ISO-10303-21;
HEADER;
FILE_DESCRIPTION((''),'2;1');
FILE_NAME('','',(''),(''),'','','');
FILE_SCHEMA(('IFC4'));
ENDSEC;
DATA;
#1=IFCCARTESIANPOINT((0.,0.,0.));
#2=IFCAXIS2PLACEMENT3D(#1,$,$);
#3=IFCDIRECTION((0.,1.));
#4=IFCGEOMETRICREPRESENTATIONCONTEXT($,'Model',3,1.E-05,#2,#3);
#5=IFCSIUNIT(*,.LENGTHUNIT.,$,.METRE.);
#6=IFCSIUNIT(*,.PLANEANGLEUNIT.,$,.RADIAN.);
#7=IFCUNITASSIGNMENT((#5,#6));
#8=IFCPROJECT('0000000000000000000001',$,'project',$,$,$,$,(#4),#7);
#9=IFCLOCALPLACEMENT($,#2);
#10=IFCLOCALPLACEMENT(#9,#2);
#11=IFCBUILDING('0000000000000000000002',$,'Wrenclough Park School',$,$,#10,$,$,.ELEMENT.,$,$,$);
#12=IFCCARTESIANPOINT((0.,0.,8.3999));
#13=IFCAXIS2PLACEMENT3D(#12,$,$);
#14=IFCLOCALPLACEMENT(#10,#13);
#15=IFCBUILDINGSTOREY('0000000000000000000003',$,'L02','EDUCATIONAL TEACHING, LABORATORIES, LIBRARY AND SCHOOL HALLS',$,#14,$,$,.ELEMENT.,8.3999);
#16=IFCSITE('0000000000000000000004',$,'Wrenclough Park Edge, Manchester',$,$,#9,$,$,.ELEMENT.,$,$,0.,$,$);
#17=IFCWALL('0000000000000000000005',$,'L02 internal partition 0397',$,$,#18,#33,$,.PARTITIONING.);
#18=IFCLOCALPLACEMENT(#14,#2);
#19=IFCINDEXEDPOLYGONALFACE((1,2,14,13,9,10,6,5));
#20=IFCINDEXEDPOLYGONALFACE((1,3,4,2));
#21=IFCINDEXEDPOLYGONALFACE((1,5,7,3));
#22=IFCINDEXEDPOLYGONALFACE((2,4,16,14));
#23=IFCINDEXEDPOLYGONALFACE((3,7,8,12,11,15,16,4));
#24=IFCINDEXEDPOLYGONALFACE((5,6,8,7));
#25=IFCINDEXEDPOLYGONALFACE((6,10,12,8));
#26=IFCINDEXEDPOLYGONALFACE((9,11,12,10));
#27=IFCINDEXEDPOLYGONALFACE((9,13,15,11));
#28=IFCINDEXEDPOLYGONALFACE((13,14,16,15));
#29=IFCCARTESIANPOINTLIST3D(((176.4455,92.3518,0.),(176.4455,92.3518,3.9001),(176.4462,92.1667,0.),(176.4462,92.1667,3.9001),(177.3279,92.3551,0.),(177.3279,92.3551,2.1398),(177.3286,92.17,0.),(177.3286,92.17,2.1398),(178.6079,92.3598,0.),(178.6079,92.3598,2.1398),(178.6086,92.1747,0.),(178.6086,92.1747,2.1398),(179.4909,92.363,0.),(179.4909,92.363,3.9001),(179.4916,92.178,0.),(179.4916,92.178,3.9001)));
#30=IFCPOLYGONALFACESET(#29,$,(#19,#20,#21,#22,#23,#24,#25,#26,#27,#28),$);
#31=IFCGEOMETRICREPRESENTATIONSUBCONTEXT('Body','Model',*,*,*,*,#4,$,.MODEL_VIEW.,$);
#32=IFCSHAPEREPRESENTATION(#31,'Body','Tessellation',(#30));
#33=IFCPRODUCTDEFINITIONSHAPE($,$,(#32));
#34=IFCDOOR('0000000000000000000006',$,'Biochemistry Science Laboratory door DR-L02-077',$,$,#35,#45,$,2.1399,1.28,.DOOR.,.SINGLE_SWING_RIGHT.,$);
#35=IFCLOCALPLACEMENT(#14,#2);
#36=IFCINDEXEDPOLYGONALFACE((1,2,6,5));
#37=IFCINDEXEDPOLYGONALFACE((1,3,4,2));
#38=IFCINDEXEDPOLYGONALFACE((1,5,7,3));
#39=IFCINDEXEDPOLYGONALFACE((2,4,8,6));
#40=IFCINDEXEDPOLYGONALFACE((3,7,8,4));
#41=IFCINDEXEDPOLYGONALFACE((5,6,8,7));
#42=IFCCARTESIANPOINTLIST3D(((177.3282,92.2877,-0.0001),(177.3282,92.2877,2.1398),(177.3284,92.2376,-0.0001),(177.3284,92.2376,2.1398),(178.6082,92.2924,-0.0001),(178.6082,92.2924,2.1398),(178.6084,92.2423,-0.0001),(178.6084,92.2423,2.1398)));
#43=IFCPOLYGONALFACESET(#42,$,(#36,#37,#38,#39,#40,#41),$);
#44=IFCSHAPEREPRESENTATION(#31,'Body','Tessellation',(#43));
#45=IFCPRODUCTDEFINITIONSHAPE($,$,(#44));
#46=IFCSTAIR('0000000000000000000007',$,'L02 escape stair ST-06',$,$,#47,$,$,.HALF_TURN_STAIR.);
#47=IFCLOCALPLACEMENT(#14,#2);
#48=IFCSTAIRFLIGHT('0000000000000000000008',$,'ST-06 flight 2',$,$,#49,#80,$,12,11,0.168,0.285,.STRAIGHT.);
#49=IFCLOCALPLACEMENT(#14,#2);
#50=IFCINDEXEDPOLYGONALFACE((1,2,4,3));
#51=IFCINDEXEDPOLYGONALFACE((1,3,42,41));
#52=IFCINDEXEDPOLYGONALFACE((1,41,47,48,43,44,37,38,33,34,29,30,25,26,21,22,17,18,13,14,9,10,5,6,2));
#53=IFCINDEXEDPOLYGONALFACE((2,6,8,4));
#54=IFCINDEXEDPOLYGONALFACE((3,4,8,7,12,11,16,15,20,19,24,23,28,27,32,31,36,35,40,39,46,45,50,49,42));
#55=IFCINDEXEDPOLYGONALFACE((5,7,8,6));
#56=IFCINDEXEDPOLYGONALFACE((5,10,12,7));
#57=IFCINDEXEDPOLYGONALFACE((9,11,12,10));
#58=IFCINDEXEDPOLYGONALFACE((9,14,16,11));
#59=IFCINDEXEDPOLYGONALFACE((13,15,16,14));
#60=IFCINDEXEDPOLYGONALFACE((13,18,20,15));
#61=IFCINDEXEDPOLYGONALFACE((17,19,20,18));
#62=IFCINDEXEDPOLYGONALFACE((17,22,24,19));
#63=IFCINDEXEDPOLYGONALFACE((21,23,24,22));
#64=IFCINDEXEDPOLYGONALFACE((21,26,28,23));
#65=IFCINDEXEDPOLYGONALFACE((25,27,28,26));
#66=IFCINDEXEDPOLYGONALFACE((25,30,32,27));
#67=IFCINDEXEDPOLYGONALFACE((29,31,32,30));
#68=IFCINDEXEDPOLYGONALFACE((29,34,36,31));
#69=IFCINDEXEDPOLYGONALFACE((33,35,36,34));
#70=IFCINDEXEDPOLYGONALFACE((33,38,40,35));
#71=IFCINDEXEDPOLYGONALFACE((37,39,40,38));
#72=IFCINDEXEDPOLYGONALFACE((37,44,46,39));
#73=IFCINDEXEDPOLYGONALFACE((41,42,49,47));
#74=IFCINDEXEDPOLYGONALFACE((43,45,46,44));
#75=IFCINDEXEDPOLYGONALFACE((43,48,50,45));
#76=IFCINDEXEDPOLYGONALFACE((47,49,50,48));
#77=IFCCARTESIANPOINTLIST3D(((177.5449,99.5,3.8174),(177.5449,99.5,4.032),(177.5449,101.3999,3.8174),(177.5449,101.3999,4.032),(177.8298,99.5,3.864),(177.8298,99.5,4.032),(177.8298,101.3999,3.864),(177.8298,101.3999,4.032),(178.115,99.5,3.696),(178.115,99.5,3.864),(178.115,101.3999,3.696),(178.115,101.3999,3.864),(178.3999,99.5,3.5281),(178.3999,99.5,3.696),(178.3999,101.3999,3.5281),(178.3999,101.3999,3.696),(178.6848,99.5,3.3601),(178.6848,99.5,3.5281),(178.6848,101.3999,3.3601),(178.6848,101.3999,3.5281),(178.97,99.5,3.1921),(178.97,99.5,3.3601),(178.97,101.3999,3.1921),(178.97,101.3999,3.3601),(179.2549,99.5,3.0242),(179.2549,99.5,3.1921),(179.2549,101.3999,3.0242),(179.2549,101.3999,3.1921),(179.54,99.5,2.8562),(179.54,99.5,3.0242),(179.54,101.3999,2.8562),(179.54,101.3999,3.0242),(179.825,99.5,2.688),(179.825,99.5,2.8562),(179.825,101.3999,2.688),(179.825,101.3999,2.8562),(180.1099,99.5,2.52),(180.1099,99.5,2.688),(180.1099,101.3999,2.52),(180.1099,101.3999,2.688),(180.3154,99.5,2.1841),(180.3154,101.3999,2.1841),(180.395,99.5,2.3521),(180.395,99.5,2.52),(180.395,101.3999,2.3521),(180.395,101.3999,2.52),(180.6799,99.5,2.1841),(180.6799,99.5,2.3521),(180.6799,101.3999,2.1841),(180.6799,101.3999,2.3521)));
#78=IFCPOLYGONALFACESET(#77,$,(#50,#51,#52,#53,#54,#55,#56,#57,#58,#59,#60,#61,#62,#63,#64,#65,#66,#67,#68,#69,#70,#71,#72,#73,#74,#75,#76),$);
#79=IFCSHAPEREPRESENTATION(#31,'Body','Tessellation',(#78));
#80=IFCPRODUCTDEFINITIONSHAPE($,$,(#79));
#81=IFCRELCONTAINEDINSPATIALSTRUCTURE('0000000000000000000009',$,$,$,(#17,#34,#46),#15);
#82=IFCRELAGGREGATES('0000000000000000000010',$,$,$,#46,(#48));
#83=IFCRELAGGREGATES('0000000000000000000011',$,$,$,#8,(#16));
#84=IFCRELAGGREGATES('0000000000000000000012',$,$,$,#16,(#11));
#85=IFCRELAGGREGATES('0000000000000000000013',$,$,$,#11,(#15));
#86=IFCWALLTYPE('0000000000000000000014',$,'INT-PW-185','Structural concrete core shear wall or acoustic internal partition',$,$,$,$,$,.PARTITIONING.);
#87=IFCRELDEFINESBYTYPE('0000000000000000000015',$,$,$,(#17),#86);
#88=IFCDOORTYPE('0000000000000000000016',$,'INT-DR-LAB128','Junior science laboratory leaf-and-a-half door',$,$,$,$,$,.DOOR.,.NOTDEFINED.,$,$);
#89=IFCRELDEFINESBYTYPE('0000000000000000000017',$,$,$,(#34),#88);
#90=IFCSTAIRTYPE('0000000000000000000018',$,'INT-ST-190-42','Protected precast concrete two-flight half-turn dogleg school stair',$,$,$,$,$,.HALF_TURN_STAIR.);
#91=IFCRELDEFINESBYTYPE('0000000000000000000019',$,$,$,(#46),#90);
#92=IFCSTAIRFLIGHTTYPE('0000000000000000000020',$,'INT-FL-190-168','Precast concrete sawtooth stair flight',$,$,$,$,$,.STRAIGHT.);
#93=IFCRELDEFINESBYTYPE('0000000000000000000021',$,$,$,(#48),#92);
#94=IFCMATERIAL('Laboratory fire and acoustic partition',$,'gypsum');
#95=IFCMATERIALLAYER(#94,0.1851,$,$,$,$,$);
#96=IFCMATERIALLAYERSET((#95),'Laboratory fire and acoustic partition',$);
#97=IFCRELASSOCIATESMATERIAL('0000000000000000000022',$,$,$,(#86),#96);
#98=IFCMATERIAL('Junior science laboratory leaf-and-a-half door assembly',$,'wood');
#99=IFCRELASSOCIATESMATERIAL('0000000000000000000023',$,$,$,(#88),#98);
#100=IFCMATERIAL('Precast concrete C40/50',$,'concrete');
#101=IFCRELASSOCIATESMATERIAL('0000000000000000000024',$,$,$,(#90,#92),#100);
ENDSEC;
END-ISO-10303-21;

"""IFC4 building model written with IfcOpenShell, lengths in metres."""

from ifc_helpers import new_model, si_unit, direction, frame, frame_2d, origin, place, context, subcontext, project, spatial, polyline, rectangle, outline, extrude, material, layer, layer_set, type_object, element, fill, aggregate, save


model = new_model("IFC4")

# Units and contexts
model_context = context("Model", 3, precision=1e-05, world=origin(), true_north=direction((0.0, 1.0)))
body_context = subcontext(model_context, "Body", "Model", "MODEL_VIEW")
ifc_project = project(units=[si_unit("LENGTHUNIT", "METRE"), si_unit("PLANEANGLEUNIT", "RADIAN")], contexts=[model_context])

# Site, building, storey
site_placement = place(None, origin())
site = spatial("IfcSite", under=ifc_project, at=site_placement, Name="Wrenclough Park Edge, Manchester", CompositionType="ELEMENT", RefElevation=0.0)
building_placement = place(site_placement, origin())
building = spatial("IfcBuilding", under=site, at=building_placement, Name="Wrenclough Park School", CompositionType="ELEMENT")
storey_placement = place(building_placement, frame((0.0, 0.0, 8.3999)))
storey = spatial("IfcBuildingStorey", under=building, at=storey_placement, Name="L02", Description="EDUCATIONAL TEACHING, LABORATORIES, LIBRARY AND SCHOOL HALLS", CompositionType="ELEMENT", Elevation=8.3999)

# Shared definitions
ifc_material_1 = material(Name="Laboratory fire and acoustic partition", Category="gypsum")
ifc_layer_1 = layer(ifc_material_1, 0.1851)
ifc_layer_set_1 = layer_set([ifc_layer_1], Name="Laboratory fire and acoustic partition")
wall_type_1 = type_object("IfcWallType", Name="INT-PW-185", Description="Structural concrete core shear wall or acoustic internal partition", PredefinedType="PARTITIONING", material=ifc_layer_set_1)

# Wall, opening, door
wall_1_placement = place(storey_placement, frame((179.4912, 92.2705, 0.0), z_axis=(0.0, 0.0, 1.0), x_axis=(-0.999993, -0.003688, 0.0)))
wall_1 = element("IfcWall", 1, at=wall_1_placement, inside=storey, type_object=wall_type_1, Name="L02 internal partition 0397", PredefinedType="PARTITIONING", context=body_context, shape_type="SweptSolid", body=[
    extrude(rectangle(XDim=3.0454, YDim=0.1851, at=frame_2d((1.5227, 0.0))), origin(), (0.0, 0.0, 1.0), 3.9001),
])
opening_1_placement = place(wall_1_placement, frame((0.8828, 0.0, 0.0)))
opening_1 = element("IfcOpeningElement", 2, at=opening_1_placement, cuts=wall_1, PredefinedType="OPENING", context=body_context, shape_type="SweptSolid", body=[
    extrude(rectangle(XDim=1.28, YDim=2.1399, at=frame_2d((0.6401, 1.0698))), frame((0.0, 0.1025, 0.0), z_axis=(0.0, -1.0, 0.0), x_axis=(1.0, 0.0, 0.0)), (0.0, 0.0, 1.0), 0.2051),
])
ifc_material_2 = material(Name="Junior science laboratory leaf-and-a-half door assembly", Category="wood")
door_type = type_object("IfcDoorType", Name="INT-DR-LAB128", Description="Junior science laboratory leaf-and-a-half door", OperationType="NOTDEFINED", PredefinedType="DOOR", material=ifc_material_2)
door_placement = place(opening_1_placement, origin())
door = element("IfcDoor", 3, at=door_placement, inside=storey, type_object=door_type, Name="Biochemistry Science Laboratory door DR-L02-077", OperationType="SINGLE_SWING_RIGHT", OverallHeight=2.1399, OverallWidth=1.28, PredefinedType="DOOR", context=body_context, shape_type="SweptSolid", body=[
    extrude(rectangle(XDim=1.28, YDim=2.1399, at=frame_2d((0.6401, 1.0698))), frame((0.0, 0.0249, 0.0), z_axis=(0.0, -1.0, 0.0), x_axis=(1.0, 0.0, 0.0)), (0.0, 0.0, 1.0), 0.05),
])
fill(opening_1, door)

# Stair, stair flight
ifc_material_3 = material(Name="Precast concrete C40/50", Category="concrete")
stair_type = type_object("IfcStairType", Name="INT-ST-190-42", Description="Protected precast concrete two-flight half-turn dogleg school stair", PredefinedType="HALF_TURN_STAIR", material=ifc_material_3)
stair_placement = place(storey_placement, origin())
stair = element("IfcStair", 4, at=stair_placement, inside=storey, type_object=stair_type, Name="L02 escape stair ST-06", PredefinedType="HALF_TURN_STAIR")
stair_flight_type = type_object("IfcStairFlightType", Name="INT-FL-190-168", Description="Precast concrete sawtooth stair flight", PredefinedType="STRAIGHT", material=ifc_material_3)
stair_flight_placement = place(storey_placement, frame((180.6799, 100.45, 2.1841), z_axis=(0.0, 0.0, 1.0), x_axis=(-1.0, 0.0, 0.0)))
stair_flight = element("IfcStairFlight", 5, at=stair_flight_placement, type_object=stair_flight_type, Name="ST-06 flight 2", NumberOfRisers=12, NumberOfTreads=11, PredefinedType="STRAIGHT", RiserHeight=0.168, TreadLength=0.285, context=body_context, shape_type="SweptSolid", body=[
    extrude(outline(polyline([(0.0, 0.0), (0.0, 0.168), (0.2849, 0.168), (0.2849, 0.3359), (0.5701, 0.3359), (0.5701, 0.5039), (0.855, 0.5039), (0.855, 0.6721), (1.1399, 0.6721), (1.1399, 0.8401), (1.425, 0.8401), (1.425, 1.0081), (1.71, 1.0081), (1.71, 1.176), (1.9951, 1.176), (1.9951, 1.344), (2.28, 1.344), (2.28, 1.512), (2.5649, 1.512), (2.5649, 1.6799), (2.8501, 1.6799), (2.8501, 1.8479), (3.135, 1.8479), (3.135, 2.0161), (3.135, 1.6333), (0.3645, 0.0), (0.0, 0.0)])), frame((0.0, 0.95, 0.0), z_axis=(0.0, -1.0, 0.0), x_axis=(1.0, 0.0, 0.0)), (0.0, 0.0, 1.0), 1.8999),
])
aggregate(stair, [stair_flight])

save(model, "model.ifc")
